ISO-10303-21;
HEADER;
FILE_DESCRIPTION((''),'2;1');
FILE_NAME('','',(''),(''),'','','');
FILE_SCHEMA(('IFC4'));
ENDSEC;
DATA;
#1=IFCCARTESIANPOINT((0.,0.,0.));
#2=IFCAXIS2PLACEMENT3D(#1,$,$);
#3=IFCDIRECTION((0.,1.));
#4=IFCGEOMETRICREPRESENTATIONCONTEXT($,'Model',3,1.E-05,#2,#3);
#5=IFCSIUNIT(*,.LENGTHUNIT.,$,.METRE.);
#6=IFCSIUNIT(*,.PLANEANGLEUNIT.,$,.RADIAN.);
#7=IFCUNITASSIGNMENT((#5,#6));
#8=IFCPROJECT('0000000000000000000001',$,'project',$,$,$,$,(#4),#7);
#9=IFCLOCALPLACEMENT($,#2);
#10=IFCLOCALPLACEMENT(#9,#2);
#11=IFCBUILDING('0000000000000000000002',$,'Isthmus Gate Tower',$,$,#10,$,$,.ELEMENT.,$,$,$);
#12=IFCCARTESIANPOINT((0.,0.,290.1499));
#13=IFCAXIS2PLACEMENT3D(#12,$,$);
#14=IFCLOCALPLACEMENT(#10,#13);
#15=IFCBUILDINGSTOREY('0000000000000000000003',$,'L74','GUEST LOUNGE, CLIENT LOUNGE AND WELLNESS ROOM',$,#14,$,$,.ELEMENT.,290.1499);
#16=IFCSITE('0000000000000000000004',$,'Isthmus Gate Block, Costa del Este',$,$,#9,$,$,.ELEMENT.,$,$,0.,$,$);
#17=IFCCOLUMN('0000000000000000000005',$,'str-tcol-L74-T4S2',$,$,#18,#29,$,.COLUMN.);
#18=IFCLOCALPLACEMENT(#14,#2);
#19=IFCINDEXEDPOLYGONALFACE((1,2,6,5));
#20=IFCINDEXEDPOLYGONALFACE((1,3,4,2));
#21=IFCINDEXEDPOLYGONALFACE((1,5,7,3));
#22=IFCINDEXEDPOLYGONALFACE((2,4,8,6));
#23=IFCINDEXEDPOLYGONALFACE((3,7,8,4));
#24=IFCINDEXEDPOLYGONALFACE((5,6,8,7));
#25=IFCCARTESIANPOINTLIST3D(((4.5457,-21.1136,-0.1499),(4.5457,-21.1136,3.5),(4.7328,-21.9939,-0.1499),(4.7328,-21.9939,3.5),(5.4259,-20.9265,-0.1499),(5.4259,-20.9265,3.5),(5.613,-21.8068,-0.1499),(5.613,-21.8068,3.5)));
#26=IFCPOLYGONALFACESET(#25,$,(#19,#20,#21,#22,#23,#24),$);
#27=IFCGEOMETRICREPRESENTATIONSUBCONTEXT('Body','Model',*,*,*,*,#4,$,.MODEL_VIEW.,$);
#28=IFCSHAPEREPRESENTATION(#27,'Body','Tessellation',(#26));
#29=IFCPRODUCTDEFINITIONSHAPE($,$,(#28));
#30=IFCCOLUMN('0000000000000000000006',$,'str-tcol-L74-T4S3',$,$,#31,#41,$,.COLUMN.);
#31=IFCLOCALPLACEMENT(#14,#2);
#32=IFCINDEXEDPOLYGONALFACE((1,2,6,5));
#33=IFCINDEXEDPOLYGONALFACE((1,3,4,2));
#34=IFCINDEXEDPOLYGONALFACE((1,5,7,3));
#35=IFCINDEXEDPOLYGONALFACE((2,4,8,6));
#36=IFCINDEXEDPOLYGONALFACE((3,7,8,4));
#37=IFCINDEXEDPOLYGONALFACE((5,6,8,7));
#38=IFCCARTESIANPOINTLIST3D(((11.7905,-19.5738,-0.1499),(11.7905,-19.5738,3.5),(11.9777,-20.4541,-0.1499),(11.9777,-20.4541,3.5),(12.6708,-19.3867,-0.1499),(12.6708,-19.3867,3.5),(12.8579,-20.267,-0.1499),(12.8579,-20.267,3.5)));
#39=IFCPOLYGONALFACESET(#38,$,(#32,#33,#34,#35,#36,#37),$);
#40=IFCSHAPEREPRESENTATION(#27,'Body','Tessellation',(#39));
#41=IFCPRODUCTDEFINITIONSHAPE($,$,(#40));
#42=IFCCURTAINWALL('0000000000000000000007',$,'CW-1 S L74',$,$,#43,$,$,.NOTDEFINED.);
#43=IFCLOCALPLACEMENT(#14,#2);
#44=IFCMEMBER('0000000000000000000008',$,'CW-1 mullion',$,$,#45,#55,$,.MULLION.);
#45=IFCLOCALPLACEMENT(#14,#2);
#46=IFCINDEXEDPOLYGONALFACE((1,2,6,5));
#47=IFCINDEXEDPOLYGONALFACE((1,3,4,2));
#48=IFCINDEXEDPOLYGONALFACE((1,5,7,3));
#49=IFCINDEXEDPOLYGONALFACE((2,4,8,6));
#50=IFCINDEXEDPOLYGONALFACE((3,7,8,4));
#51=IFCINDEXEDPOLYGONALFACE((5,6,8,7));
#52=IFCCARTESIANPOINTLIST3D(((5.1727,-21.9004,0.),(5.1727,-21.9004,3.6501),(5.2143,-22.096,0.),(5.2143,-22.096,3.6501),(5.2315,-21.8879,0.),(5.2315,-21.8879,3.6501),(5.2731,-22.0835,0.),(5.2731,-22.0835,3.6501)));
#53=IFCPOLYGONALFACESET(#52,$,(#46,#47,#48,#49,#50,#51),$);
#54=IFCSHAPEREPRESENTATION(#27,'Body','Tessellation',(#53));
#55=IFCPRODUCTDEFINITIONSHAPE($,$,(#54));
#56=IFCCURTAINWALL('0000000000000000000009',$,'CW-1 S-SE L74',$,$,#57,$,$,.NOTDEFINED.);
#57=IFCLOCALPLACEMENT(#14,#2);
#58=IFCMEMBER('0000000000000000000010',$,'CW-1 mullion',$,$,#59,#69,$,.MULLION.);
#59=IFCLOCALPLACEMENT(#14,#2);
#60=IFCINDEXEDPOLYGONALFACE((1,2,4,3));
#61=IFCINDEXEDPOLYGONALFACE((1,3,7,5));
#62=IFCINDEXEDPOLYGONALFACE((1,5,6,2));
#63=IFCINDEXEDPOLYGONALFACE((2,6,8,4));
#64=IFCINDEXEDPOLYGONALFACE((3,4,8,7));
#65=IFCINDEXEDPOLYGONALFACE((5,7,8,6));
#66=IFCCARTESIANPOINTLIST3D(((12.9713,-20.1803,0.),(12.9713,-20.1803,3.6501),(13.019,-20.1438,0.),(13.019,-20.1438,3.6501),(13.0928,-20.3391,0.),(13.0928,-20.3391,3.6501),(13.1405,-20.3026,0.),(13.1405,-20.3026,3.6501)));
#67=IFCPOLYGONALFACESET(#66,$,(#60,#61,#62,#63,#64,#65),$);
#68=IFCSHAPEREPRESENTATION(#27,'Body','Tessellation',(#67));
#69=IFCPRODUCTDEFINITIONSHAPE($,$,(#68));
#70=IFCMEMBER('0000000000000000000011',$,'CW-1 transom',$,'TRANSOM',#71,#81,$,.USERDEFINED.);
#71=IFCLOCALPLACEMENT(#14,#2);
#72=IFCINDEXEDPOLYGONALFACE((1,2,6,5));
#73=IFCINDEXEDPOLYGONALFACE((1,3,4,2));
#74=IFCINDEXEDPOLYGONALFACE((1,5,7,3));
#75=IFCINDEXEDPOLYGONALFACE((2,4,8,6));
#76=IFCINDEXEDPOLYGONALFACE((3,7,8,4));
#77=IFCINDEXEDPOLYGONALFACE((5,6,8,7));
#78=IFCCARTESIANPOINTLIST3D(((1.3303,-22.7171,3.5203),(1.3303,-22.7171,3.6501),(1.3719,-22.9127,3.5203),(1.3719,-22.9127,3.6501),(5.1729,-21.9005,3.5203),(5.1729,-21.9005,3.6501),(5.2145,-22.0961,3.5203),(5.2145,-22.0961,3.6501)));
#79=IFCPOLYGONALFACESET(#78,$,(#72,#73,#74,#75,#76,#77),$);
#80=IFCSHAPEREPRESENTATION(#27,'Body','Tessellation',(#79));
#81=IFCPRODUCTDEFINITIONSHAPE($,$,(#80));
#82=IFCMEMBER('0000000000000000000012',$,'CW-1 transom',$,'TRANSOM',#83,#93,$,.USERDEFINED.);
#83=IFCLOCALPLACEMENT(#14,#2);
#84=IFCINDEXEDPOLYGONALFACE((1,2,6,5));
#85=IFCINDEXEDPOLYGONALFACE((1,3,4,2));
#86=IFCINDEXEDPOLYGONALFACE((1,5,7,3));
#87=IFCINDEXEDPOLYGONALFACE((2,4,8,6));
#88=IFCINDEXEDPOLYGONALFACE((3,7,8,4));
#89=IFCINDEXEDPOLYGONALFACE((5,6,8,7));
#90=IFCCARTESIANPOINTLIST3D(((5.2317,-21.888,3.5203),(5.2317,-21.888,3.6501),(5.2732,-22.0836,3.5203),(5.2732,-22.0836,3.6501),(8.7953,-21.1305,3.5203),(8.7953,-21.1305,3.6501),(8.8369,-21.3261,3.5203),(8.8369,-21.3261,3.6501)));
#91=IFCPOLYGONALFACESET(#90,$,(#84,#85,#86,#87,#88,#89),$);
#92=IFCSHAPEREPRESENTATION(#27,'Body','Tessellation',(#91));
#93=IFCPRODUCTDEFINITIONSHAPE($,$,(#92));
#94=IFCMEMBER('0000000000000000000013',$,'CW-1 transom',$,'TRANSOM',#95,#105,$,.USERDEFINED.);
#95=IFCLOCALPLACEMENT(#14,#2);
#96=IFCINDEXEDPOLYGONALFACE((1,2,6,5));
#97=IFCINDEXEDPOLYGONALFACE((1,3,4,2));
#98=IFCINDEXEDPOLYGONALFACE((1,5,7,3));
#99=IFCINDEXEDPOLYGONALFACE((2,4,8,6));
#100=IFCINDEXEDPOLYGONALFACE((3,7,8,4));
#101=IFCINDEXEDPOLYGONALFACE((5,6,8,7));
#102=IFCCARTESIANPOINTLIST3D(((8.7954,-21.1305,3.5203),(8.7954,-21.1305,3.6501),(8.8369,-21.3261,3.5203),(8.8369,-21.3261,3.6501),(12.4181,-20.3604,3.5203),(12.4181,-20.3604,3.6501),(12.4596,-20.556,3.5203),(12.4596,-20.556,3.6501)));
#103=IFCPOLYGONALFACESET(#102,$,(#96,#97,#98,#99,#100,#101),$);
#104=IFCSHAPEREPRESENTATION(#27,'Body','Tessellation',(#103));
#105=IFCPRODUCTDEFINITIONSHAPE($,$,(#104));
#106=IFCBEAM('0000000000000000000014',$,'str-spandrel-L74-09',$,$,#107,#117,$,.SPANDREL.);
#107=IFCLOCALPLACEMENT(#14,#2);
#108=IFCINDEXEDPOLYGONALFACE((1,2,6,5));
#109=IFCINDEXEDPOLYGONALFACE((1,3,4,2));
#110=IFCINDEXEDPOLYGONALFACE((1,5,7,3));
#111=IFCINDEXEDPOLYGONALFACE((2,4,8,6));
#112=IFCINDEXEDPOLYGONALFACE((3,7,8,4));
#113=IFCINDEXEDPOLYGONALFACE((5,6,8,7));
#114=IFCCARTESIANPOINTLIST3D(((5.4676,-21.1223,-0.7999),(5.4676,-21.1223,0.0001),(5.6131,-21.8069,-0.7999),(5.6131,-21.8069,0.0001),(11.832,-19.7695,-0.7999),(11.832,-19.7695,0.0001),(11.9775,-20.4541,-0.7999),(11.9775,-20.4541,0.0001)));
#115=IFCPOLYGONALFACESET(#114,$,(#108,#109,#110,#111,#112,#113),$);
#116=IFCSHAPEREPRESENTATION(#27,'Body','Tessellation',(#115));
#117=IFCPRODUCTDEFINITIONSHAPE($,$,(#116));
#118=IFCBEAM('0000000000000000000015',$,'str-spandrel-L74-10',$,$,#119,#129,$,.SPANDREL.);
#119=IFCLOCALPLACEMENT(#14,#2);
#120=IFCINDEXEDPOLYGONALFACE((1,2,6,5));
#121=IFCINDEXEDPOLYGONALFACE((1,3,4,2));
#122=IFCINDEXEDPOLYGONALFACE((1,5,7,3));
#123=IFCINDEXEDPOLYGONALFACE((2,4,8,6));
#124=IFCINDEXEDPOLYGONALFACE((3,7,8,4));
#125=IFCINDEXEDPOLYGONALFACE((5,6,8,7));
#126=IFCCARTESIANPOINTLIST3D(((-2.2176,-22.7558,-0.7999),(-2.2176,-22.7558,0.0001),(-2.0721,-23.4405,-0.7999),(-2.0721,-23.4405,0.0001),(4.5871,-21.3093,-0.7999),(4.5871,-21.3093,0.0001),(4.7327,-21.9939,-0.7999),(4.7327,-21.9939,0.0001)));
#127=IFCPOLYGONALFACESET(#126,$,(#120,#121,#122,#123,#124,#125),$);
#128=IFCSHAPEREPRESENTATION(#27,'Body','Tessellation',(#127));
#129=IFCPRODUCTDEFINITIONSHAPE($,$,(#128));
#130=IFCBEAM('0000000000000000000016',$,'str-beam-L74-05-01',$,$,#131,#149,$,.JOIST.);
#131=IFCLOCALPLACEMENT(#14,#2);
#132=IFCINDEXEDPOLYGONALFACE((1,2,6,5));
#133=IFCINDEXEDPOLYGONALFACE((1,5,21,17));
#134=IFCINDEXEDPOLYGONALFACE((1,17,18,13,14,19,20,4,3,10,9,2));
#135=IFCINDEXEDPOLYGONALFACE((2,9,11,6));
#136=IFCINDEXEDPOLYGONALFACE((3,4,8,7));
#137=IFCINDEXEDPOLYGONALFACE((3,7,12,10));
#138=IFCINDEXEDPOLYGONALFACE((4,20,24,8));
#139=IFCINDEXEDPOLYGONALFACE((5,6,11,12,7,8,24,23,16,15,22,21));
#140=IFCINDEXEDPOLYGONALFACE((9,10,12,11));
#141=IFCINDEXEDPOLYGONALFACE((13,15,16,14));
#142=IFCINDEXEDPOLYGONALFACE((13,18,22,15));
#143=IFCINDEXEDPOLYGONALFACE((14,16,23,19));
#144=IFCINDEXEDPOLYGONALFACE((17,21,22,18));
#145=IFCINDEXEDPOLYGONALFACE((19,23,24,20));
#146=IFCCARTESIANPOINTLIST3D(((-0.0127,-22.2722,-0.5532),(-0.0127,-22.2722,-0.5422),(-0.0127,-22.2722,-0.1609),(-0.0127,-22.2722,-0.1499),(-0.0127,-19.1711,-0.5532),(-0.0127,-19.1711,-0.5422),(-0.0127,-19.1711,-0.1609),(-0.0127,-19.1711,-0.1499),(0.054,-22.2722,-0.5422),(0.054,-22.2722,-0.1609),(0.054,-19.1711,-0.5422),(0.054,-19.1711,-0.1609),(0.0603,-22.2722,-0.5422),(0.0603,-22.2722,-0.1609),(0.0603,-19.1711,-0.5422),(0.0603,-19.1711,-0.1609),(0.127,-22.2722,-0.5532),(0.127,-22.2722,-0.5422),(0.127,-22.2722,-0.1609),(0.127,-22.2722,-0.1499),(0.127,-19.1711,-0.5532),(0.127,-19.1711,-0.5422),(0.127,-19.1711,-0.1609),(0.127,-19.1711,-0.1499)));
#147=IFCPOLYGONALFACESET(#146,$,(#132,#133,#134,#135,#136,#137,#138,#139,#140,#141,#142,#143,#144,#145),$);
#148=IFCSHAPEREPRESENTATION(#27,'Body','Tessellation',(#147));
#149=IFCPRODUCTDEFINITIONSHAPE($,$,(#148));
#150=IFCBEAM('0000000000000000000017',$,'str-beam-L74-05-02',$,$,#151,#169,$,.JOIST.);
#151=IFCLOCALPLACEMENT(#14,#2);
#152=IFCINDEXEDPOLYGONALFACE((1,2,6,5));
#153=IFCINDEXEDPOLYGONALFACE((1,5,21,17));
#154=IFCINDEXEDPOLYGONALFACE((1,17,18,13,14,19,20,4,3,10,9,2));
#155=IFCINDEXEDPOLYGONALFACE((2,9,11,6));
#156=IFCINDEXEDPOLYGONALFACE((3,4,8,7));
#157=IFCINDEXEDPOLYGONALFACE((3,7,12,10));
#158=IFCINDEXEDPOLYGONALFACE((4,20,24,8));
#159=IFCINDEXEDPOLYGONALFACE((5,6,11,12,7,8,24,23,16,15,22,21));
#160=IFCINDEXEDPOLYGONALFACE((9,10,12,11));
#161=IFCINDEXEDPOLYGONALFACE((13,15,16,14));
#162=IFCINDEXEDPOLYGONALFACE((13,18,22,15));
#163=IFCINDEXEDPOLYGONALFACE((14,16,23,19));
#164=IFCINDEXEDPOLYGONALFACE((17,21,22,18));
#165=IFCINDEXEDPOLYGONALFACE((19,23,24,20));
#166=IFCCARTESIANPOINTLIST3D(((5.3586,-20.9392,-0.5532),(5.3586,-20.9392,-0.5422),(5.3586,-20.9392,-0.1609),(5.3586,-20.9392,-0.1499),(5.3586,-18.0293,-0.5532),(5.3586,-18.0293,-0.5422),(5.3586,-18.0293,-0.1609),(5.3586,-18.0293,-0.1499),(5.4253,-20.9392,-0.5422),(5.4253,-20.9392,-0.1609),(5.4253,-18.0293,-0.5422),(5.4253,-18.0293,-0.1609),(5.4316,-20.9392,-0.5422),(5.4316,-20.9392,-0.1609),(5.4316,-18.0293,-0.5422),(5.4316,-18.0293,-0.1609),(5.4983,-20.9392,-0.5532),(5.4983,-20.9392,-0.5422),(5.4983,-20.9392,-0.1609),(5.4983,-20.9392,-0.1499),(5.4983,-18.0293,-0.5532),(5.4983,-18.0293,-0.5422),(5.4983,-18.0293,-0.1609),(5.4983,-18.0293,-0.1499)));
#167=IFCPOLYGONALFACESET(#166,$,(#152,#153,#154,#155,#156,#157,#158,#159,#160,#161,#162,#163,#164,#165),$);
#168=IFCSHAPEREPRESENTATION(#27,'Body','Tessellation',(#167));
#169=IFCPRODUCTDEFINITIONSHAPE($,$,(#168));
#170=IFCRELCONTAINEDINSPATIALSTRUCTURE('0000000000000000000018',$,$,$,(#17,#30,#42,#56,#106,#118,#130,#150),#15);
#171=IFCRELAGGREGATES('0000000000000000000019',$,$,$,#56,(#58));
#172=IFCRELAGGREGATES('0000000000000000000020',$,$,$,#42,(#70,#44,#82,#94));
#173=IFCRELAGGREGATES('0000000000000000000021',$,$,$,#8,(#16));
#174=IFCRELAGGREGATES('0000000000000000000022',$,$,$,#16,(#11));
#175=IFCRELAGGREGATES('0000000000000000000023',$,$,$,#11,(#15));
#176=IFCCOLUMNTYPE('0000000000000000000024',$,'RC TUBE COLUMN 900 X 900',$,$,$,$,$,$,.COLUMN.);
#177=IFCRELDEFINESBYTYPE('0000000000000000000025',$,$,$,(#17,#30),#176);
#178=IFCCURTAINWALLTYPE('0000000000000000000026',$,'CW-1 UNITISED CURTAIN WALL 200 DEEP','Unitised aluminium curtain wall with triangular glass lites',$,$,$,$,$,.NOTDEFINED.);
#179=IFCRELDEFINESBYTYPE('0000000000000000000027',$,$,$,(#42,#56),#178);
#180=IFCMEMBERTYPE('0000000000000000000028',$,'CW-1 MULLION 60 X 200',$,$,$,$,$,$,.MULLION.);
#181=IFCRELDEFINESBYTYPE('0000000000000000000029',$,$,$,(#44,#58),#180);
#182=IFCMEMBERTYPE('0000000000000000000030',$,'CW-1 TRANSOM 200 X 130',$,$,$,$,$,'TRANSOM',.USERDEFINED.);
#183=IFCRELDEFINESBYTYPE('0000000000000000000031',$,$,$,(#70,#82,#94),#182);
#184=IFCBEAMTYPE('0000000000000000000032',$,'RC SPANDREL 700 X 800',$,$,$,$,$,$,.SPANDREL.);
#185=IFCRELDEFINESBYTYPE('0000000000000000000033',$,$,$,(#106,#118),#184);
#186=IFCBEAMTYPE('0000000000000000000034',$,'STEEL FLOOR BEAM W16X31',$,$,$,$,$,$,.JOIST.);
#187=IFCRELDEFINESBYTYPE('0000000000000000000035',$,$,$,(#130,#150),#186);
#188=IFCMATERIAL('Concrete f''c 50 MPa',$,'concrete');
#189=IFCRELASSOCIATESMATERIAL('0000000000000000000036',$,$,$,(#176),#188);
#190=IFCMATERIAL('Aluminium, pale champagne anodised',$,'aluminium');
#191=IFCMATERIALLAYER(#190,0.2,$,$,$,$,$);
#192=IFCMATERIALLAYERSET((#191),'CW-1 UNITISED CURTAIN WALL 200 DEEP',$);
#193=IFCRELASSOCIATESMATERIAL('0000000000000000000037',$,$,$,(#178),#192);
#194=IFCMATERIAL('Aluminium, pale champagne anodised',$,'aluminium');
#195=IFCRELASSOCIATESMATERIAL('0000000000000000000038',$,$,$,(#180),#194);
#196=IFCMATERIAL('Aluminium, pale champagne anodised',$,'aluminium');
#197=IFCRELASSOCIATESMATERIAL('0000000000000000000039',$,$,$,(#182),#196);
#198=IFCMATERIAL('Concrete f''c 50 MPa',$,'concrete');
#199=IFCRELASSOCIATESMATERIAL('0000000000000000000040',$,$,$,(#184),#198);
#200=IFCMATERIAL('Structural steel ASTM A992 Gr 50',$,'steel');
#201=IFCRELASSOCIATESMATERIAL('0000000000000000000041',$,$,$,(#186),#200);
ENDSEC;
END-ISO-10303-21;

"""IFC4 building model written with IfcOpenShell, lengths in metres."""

from ifc_helpers import new_model, si_unit, direction, frame, origin, origin_2d, place, context, subcontext, project, spatial, rectangle, i_section, extrude, material, layer, layer_set, material_profile, profile_set, type_object, element, aggregate, save


model = new_model("IFC4")

# Units and contexts
model_context = context("Model", 3, precision=1e-05, world=origin(), true_north=direction((0.0, 1.0)))
body_context = subcontext(model_context, "Body", "Model", "MODEL_VIEW")
ifc_project = project(units=[si_unit("LENGTHUNIT", "METRE"), si_unit("PLANEANGLEUNIT", "RADIAN")], contexts=[model_context])

# Site, building, storey
site_placement = place(None, origin())
site = spatial("IfcSite", under=ifc_project, at=site_placement, Name="Isthmus Gate Block, Costa del Este", CompositionType="ELEMENT", RefElevation=0.0)
building_placement = place(site_placement, origin())
building = spatial("IfcBuilding", under=site, at=building_placement, Name="Isthmus Gate Tower", CompositionType="ELEMENT")
storey_placement = place(building_placement, frame((0.0, 0.0, 290.1499)))
storey = spatial("IfcBuildingStorey", under=building, at=storey_placement, Name="L74", Description="GUEST LOUNGE, CLIENT LOUNGE AND WELLNESS ROOM", CompositionType="ELEMENT", Elevation=290.1499)

# Columns
ifc_material_1 = material(Name="Concrete f'c 50 MPa", Category="concrete")
ifc_material_profile_1 = material_profile(ifc_material_1, rectangle(XDim=0.8999, YDim=0.8999, at=origin_2d()), Name="RC 900X900")
ifc_profile_set_1 = profile_set([ifc_material_profile_1], Name="Concrete f'c 50 MPa")
column_type = type_object("IfcColumnType", Name="RC TUBE COLUMN 900 X 900", PredefinedType="COLUMN", material=ifc_profile_set_1)
for number, where, z_axis, x_axis, name in (
    (1, (5.0793, -21.4602, -0.1499), (0.0, 0.0, 1.0), (0.978148, 0.207912, 0.0), "str-tcol-L74-T4S2"),
    (2, (12.3242, -19.9204, -0.1499), (0.0, 0.0, 1.0), (0.978148, 0.207912, 0.0), "str-tcol-L74-T4S3"),
):
    element("IfcColumn", number, at=place(storey_placement, frame(where, z_axis=z_axis, x_axis=x_axis)), inside=storey, type_object=column_type, Name=name, PredefinedType="COLUMN", context=body_context, shape_type="SweptSolid", body=[
        extrude(rectangle(XDim=0.8999, YDim=0.8999, at=origin_2d()), origin(), (0.0, 0.0, 1.0), 3.6499),
    ])

# Curtain walls, members
ifc_material_2 = material(Name="Aluminium, pale champagne anodised", Category="aluminium")
ifc_layer_1 = layer(ifc_material_2, 0.2)
ifc_layer_set_1 = layer_set([ifc_layer_1], Name="CW-1 UNITISED CURTAIN WALL 200 DEEP")
curtain_wall_type = type_object("IfcCurtainWallType", Name="CW-1 UNITISED CURTAIN WALL 200 DEEP", Description="Unitised aluminium curtain wall with triangular glass lites", PredefinedType="NOTDEFINED", material=ifc_layer_set_1)
curtain_wall_1_placement = place(storey_placement, origin())
curtain_wall_1 = element("IfcCurtainWall", 3, at=curtain_wall_1_placement, inside=storey, type_object=curtain_wall_type, Name="CW-1 S L74", PredefinedType="NOTDEFINED")
ifc_material_3 = material(Name="Aluminium, pale champagne anodised", Category="aluminium")
ifc_material_profile_2 = material_profile(ifc_material_3, rectangle(XDim=0.0601, YDim=0.2, at=origin_2d()), Name="60x200")
ifc_profile_set_2 = profile_set([ifc_material_profile_2], Name="Aluminium, pale champagne anodised")
member_type_1 = type_object("IfcMemberType", Name="CW-1 MULLION 60 X 200", PredefinedType="MULLION", material=ifc_profile_set_2)
member_1_placement = place(storey_placement, frame((5.2229, -21.9919, 0.0), z_axis=(0.0, 0.0, 1.0), x_axis=(0.978148, 0.207912, 0.0)))
member_1 = element("IfcMember", 4, at=member_1_placement, type_object=member_type_1, Name="CW-1 mullion", PredefinedType="MULLION", context=body_context, shape_type="SweptSolid", body=[
    extrude(rectangle(XDim=0.0601, YDim=0.2, at=origin_2d()), origin(), (0.0, 0.0, 1.0), 3.6501),
])
curtain_wall_2_placement = place(storey_placement, origin())
curtain_wall_2 = element("IfcCurtainWall", 5, at=curtain_wall_2_placement, inside=storey, type_object=curtain_wall_type, Name="CW-1 S-SE L74", PredefinedType="NOTDEFINED")
member_2_placement = place(storey_placement, frame((13.0559, -20.2415, 0.0), z_axis=(0.0, 0.0, 1.0), x_axis=(0.794189, 0.607671, 0.0)))
member_2 = element("IfcMember", 6, at=member_2_placement, type_object=member_type_1, Name="CW-1 mullion", PredefinedType="MULLION", context=body_context, shape_type="SweptSolid", body=[
    extrude(rectangle(XDim=0.0601, YDim=0.2, at=origin_2d()), origin(), (0.0, 0.0, 1.0), 3.6501),
])
aggregate(curtain_wall_2, [member_2])

# Members
ifc_material_4 = material(Name="Aluminium, pale champagne anodised", Category="aluminium")
ifc_material_profile_3 = material_profile(ifc_material_4, rectangle(XDim=0.2, YDim=0.1299, at=origin_2d()), Name="200x130")
ifc_profile_set_3 = profile_set([ifc_material_profile_3], Name="Aluminium, pale champagne anodised")
member_type_2 = type_object("IfcMemberType", Name="CW-1 TRANSOM 200 X 130", ElementType="TRANSOM", PredefinedType="USERDEFINED", material=ifc_profile_set_3)
member_3_placement = place(storey_placement, frame((1.3511, -22.8149, 3.5852), z_axis=(0.978153, 0.207886, 0.0), x_axis=(-0.207886, 0.978153, 0.0)))
member_3 = element("IfcMember", 7, at=member_3_placement, type_object=member_type_2, Name="CW-1 transom", ObjectType="TRANSOM", PredefinedType="USERDEFINED", context=body_context, shape_type="SweptSolid", body=[
    extrude(rectangle(XDim=0.2, YDim=0.1299, at=origin_2d()), origin(), (0.0, 0.0, 1.0), 3.9285),
])
member_4_placement = place(storey_placement, frame((5.2524, -21.9858, 3.5852), z_axis=(0.978143, 0.207932, 0.0), x_axis=(-0.207932, 0.978143, 0.0)))
member_4 = element("IfcMember", 8, at=member_4_placement, type_object=member_type_2, Name="CW-1 transom", ObjectType="TRANSOM", PredefinedType="USERDEFINED", context=body_context, shape_type="SweptSolid", body=[
    extrude(rectangle(XDim=0.2, YDim=0.1299, at=origin_2d()), origin(), (0.0, 0.0, 1.0), 3.6433),
])
member_5_placement = place(storey_placement, frame((8.8162, -21.2283, 3.5852), z_axis=(0.978146, 0.207917, 0.0), x_axis=(-0.207917, 0.978146, 0.0)))
member_5 = element("IfcMember", 9, at=member_5_placement, type_object=member_type_2, Name="CW-1 transom", ObjectType="TRANSOM", PredefinedType="USERDEFINED", context=body_context, shape_type="SweptSolid", body=[
    extrude(rectangle(XDim=0.2, YDim=0.1299, at=origin_2d()), origin(), (0.0, 0.0, 1.0), 3.7036),
])

# Beams
ifc_material_5 = material(Name="Concrete f'c 50 MPa", Category="concrete")
ifc_material_profile_4 = material_profile(ifc_material_5, rectangle(XDim=0.7, YDim=0.8, at=origin_2d()), Name="RC 700X800")
ifc_profile_set_4 = profile_set([ifc_material_profile_4], Name="Concrete f'c 50 MPa")
beam_type_1 = type_object("IfcBeamType", Name="RC SPANDREL 700 X 800", PredefinedType="SPANDREL", material=ifc_profile_set_4)
beam_1_placement = place(storey_placement, frame((11.9048, -20.1118, -0.3999), z_axis=(-0.978149, -0.207907, 0.0), x_axis=(0.207907, -0.978149, 0.0)))
element("IfcBeam", 10, at=beam_1_placement, inside=storey, type_object=beam_type_1, Name="str-spandrel-L74-09", PredefinedType="SPANDREL", context=body_context, shape_type="SweptSolid", body=[
    extrude(rectangle(XDim=0.7, YDim=0.8, at=origin_2d()), origin(), (0.0, 0.0, 1.0), 6.5066),
])
beam_2_placement = place(storey_placement, frame((4.6599, -21.6516, -0.3999), z_axis=(-0.978143, -0.207933, 0.0), x_axis=(0.207933, -0.978143, 0.0)))
element("IfcBeam", 11, at=beam_2_placement, inside=storey, type_object=beam_type_1, Name="str-spandrel-L74-10", PredefinedType="SPANDREL", context=body_context, shape_type="SweptSolid", body=[
    extrude(rectangle(XDim=0.7, YDim=0.8, at=origin_2d()), origin(), (0.0, 0.0, 1.0), 6.9568),
])
ifc_material_6 = material(Name="Structural steel ASTM A992 Gr 50", Category="steel")
ifc_material_profile_5 = material_profile(ifc_material_6, i_section(OverallWidth=0.1396, OverallDepth=0.4033, WebThickness=0.0063, FlangeThickness=0.011, at=origin_2d()), Name="W16X31")
ifc_profile_set_5 = profile_set([ifc_material_profile_5], Name="Structural steel ASTM A992 Gr 50")
beam_type_2 = type_object("IfcBeamType", Name="STEEL FLOOR BEAM W16X31", PredefinedType="JOIST", material=ifc_profile_set_5)
beam_3_placement = place(storey_placement, frame((0.0571, -22.2722, -0.3516), z_axis=(0.0, 1.0, 0.0), x_axis=(-1.0, 0.0, 0.0)))
element("IfcBeam", 12, at=beam_3_placement, inside=storey, type_object=beam_type_2, Name="str-beam-L74-05-01", PredefinedType="JOIST", context=body_context, shape_type="SweptSolid", body=[
    extrude(i_section(OverallWidth=0.1396, OverallDepth=0.4033, WebThickness=0.0063, FlangeThickness=0.011, at=origin_2d()), origin(), (0.0, 0.0, 1.0), 3.1011),
])
beam_4_placement = place(storey_placement, frame((5.4285, -20.9392, -0.3516), z_axis=(0.0, 1.0, 0.0), x_axis=(-1.0, 0.0, 0.0)))
element("IfcBeam", 13, at=beam_4_placement, inside=storey, type_object=beam_type_2, Name="str-beam-L74-05-02", PredefinedType="JOIST", context=body_context, shape_type="SweptSolid", body=[
    extrude(i_section(OverallWidth=0.1396, OverallDepth=0.4033, WebThickness=0.0063, FlangeThickness=0.011, at=origin_2d()), origin(), (0.0, 0.0, 1.0), 2.9099),
])

aggregate(curtain_wall_1, [member_3, member_1, member_4, member_5])

save(model, "model.ifc")
